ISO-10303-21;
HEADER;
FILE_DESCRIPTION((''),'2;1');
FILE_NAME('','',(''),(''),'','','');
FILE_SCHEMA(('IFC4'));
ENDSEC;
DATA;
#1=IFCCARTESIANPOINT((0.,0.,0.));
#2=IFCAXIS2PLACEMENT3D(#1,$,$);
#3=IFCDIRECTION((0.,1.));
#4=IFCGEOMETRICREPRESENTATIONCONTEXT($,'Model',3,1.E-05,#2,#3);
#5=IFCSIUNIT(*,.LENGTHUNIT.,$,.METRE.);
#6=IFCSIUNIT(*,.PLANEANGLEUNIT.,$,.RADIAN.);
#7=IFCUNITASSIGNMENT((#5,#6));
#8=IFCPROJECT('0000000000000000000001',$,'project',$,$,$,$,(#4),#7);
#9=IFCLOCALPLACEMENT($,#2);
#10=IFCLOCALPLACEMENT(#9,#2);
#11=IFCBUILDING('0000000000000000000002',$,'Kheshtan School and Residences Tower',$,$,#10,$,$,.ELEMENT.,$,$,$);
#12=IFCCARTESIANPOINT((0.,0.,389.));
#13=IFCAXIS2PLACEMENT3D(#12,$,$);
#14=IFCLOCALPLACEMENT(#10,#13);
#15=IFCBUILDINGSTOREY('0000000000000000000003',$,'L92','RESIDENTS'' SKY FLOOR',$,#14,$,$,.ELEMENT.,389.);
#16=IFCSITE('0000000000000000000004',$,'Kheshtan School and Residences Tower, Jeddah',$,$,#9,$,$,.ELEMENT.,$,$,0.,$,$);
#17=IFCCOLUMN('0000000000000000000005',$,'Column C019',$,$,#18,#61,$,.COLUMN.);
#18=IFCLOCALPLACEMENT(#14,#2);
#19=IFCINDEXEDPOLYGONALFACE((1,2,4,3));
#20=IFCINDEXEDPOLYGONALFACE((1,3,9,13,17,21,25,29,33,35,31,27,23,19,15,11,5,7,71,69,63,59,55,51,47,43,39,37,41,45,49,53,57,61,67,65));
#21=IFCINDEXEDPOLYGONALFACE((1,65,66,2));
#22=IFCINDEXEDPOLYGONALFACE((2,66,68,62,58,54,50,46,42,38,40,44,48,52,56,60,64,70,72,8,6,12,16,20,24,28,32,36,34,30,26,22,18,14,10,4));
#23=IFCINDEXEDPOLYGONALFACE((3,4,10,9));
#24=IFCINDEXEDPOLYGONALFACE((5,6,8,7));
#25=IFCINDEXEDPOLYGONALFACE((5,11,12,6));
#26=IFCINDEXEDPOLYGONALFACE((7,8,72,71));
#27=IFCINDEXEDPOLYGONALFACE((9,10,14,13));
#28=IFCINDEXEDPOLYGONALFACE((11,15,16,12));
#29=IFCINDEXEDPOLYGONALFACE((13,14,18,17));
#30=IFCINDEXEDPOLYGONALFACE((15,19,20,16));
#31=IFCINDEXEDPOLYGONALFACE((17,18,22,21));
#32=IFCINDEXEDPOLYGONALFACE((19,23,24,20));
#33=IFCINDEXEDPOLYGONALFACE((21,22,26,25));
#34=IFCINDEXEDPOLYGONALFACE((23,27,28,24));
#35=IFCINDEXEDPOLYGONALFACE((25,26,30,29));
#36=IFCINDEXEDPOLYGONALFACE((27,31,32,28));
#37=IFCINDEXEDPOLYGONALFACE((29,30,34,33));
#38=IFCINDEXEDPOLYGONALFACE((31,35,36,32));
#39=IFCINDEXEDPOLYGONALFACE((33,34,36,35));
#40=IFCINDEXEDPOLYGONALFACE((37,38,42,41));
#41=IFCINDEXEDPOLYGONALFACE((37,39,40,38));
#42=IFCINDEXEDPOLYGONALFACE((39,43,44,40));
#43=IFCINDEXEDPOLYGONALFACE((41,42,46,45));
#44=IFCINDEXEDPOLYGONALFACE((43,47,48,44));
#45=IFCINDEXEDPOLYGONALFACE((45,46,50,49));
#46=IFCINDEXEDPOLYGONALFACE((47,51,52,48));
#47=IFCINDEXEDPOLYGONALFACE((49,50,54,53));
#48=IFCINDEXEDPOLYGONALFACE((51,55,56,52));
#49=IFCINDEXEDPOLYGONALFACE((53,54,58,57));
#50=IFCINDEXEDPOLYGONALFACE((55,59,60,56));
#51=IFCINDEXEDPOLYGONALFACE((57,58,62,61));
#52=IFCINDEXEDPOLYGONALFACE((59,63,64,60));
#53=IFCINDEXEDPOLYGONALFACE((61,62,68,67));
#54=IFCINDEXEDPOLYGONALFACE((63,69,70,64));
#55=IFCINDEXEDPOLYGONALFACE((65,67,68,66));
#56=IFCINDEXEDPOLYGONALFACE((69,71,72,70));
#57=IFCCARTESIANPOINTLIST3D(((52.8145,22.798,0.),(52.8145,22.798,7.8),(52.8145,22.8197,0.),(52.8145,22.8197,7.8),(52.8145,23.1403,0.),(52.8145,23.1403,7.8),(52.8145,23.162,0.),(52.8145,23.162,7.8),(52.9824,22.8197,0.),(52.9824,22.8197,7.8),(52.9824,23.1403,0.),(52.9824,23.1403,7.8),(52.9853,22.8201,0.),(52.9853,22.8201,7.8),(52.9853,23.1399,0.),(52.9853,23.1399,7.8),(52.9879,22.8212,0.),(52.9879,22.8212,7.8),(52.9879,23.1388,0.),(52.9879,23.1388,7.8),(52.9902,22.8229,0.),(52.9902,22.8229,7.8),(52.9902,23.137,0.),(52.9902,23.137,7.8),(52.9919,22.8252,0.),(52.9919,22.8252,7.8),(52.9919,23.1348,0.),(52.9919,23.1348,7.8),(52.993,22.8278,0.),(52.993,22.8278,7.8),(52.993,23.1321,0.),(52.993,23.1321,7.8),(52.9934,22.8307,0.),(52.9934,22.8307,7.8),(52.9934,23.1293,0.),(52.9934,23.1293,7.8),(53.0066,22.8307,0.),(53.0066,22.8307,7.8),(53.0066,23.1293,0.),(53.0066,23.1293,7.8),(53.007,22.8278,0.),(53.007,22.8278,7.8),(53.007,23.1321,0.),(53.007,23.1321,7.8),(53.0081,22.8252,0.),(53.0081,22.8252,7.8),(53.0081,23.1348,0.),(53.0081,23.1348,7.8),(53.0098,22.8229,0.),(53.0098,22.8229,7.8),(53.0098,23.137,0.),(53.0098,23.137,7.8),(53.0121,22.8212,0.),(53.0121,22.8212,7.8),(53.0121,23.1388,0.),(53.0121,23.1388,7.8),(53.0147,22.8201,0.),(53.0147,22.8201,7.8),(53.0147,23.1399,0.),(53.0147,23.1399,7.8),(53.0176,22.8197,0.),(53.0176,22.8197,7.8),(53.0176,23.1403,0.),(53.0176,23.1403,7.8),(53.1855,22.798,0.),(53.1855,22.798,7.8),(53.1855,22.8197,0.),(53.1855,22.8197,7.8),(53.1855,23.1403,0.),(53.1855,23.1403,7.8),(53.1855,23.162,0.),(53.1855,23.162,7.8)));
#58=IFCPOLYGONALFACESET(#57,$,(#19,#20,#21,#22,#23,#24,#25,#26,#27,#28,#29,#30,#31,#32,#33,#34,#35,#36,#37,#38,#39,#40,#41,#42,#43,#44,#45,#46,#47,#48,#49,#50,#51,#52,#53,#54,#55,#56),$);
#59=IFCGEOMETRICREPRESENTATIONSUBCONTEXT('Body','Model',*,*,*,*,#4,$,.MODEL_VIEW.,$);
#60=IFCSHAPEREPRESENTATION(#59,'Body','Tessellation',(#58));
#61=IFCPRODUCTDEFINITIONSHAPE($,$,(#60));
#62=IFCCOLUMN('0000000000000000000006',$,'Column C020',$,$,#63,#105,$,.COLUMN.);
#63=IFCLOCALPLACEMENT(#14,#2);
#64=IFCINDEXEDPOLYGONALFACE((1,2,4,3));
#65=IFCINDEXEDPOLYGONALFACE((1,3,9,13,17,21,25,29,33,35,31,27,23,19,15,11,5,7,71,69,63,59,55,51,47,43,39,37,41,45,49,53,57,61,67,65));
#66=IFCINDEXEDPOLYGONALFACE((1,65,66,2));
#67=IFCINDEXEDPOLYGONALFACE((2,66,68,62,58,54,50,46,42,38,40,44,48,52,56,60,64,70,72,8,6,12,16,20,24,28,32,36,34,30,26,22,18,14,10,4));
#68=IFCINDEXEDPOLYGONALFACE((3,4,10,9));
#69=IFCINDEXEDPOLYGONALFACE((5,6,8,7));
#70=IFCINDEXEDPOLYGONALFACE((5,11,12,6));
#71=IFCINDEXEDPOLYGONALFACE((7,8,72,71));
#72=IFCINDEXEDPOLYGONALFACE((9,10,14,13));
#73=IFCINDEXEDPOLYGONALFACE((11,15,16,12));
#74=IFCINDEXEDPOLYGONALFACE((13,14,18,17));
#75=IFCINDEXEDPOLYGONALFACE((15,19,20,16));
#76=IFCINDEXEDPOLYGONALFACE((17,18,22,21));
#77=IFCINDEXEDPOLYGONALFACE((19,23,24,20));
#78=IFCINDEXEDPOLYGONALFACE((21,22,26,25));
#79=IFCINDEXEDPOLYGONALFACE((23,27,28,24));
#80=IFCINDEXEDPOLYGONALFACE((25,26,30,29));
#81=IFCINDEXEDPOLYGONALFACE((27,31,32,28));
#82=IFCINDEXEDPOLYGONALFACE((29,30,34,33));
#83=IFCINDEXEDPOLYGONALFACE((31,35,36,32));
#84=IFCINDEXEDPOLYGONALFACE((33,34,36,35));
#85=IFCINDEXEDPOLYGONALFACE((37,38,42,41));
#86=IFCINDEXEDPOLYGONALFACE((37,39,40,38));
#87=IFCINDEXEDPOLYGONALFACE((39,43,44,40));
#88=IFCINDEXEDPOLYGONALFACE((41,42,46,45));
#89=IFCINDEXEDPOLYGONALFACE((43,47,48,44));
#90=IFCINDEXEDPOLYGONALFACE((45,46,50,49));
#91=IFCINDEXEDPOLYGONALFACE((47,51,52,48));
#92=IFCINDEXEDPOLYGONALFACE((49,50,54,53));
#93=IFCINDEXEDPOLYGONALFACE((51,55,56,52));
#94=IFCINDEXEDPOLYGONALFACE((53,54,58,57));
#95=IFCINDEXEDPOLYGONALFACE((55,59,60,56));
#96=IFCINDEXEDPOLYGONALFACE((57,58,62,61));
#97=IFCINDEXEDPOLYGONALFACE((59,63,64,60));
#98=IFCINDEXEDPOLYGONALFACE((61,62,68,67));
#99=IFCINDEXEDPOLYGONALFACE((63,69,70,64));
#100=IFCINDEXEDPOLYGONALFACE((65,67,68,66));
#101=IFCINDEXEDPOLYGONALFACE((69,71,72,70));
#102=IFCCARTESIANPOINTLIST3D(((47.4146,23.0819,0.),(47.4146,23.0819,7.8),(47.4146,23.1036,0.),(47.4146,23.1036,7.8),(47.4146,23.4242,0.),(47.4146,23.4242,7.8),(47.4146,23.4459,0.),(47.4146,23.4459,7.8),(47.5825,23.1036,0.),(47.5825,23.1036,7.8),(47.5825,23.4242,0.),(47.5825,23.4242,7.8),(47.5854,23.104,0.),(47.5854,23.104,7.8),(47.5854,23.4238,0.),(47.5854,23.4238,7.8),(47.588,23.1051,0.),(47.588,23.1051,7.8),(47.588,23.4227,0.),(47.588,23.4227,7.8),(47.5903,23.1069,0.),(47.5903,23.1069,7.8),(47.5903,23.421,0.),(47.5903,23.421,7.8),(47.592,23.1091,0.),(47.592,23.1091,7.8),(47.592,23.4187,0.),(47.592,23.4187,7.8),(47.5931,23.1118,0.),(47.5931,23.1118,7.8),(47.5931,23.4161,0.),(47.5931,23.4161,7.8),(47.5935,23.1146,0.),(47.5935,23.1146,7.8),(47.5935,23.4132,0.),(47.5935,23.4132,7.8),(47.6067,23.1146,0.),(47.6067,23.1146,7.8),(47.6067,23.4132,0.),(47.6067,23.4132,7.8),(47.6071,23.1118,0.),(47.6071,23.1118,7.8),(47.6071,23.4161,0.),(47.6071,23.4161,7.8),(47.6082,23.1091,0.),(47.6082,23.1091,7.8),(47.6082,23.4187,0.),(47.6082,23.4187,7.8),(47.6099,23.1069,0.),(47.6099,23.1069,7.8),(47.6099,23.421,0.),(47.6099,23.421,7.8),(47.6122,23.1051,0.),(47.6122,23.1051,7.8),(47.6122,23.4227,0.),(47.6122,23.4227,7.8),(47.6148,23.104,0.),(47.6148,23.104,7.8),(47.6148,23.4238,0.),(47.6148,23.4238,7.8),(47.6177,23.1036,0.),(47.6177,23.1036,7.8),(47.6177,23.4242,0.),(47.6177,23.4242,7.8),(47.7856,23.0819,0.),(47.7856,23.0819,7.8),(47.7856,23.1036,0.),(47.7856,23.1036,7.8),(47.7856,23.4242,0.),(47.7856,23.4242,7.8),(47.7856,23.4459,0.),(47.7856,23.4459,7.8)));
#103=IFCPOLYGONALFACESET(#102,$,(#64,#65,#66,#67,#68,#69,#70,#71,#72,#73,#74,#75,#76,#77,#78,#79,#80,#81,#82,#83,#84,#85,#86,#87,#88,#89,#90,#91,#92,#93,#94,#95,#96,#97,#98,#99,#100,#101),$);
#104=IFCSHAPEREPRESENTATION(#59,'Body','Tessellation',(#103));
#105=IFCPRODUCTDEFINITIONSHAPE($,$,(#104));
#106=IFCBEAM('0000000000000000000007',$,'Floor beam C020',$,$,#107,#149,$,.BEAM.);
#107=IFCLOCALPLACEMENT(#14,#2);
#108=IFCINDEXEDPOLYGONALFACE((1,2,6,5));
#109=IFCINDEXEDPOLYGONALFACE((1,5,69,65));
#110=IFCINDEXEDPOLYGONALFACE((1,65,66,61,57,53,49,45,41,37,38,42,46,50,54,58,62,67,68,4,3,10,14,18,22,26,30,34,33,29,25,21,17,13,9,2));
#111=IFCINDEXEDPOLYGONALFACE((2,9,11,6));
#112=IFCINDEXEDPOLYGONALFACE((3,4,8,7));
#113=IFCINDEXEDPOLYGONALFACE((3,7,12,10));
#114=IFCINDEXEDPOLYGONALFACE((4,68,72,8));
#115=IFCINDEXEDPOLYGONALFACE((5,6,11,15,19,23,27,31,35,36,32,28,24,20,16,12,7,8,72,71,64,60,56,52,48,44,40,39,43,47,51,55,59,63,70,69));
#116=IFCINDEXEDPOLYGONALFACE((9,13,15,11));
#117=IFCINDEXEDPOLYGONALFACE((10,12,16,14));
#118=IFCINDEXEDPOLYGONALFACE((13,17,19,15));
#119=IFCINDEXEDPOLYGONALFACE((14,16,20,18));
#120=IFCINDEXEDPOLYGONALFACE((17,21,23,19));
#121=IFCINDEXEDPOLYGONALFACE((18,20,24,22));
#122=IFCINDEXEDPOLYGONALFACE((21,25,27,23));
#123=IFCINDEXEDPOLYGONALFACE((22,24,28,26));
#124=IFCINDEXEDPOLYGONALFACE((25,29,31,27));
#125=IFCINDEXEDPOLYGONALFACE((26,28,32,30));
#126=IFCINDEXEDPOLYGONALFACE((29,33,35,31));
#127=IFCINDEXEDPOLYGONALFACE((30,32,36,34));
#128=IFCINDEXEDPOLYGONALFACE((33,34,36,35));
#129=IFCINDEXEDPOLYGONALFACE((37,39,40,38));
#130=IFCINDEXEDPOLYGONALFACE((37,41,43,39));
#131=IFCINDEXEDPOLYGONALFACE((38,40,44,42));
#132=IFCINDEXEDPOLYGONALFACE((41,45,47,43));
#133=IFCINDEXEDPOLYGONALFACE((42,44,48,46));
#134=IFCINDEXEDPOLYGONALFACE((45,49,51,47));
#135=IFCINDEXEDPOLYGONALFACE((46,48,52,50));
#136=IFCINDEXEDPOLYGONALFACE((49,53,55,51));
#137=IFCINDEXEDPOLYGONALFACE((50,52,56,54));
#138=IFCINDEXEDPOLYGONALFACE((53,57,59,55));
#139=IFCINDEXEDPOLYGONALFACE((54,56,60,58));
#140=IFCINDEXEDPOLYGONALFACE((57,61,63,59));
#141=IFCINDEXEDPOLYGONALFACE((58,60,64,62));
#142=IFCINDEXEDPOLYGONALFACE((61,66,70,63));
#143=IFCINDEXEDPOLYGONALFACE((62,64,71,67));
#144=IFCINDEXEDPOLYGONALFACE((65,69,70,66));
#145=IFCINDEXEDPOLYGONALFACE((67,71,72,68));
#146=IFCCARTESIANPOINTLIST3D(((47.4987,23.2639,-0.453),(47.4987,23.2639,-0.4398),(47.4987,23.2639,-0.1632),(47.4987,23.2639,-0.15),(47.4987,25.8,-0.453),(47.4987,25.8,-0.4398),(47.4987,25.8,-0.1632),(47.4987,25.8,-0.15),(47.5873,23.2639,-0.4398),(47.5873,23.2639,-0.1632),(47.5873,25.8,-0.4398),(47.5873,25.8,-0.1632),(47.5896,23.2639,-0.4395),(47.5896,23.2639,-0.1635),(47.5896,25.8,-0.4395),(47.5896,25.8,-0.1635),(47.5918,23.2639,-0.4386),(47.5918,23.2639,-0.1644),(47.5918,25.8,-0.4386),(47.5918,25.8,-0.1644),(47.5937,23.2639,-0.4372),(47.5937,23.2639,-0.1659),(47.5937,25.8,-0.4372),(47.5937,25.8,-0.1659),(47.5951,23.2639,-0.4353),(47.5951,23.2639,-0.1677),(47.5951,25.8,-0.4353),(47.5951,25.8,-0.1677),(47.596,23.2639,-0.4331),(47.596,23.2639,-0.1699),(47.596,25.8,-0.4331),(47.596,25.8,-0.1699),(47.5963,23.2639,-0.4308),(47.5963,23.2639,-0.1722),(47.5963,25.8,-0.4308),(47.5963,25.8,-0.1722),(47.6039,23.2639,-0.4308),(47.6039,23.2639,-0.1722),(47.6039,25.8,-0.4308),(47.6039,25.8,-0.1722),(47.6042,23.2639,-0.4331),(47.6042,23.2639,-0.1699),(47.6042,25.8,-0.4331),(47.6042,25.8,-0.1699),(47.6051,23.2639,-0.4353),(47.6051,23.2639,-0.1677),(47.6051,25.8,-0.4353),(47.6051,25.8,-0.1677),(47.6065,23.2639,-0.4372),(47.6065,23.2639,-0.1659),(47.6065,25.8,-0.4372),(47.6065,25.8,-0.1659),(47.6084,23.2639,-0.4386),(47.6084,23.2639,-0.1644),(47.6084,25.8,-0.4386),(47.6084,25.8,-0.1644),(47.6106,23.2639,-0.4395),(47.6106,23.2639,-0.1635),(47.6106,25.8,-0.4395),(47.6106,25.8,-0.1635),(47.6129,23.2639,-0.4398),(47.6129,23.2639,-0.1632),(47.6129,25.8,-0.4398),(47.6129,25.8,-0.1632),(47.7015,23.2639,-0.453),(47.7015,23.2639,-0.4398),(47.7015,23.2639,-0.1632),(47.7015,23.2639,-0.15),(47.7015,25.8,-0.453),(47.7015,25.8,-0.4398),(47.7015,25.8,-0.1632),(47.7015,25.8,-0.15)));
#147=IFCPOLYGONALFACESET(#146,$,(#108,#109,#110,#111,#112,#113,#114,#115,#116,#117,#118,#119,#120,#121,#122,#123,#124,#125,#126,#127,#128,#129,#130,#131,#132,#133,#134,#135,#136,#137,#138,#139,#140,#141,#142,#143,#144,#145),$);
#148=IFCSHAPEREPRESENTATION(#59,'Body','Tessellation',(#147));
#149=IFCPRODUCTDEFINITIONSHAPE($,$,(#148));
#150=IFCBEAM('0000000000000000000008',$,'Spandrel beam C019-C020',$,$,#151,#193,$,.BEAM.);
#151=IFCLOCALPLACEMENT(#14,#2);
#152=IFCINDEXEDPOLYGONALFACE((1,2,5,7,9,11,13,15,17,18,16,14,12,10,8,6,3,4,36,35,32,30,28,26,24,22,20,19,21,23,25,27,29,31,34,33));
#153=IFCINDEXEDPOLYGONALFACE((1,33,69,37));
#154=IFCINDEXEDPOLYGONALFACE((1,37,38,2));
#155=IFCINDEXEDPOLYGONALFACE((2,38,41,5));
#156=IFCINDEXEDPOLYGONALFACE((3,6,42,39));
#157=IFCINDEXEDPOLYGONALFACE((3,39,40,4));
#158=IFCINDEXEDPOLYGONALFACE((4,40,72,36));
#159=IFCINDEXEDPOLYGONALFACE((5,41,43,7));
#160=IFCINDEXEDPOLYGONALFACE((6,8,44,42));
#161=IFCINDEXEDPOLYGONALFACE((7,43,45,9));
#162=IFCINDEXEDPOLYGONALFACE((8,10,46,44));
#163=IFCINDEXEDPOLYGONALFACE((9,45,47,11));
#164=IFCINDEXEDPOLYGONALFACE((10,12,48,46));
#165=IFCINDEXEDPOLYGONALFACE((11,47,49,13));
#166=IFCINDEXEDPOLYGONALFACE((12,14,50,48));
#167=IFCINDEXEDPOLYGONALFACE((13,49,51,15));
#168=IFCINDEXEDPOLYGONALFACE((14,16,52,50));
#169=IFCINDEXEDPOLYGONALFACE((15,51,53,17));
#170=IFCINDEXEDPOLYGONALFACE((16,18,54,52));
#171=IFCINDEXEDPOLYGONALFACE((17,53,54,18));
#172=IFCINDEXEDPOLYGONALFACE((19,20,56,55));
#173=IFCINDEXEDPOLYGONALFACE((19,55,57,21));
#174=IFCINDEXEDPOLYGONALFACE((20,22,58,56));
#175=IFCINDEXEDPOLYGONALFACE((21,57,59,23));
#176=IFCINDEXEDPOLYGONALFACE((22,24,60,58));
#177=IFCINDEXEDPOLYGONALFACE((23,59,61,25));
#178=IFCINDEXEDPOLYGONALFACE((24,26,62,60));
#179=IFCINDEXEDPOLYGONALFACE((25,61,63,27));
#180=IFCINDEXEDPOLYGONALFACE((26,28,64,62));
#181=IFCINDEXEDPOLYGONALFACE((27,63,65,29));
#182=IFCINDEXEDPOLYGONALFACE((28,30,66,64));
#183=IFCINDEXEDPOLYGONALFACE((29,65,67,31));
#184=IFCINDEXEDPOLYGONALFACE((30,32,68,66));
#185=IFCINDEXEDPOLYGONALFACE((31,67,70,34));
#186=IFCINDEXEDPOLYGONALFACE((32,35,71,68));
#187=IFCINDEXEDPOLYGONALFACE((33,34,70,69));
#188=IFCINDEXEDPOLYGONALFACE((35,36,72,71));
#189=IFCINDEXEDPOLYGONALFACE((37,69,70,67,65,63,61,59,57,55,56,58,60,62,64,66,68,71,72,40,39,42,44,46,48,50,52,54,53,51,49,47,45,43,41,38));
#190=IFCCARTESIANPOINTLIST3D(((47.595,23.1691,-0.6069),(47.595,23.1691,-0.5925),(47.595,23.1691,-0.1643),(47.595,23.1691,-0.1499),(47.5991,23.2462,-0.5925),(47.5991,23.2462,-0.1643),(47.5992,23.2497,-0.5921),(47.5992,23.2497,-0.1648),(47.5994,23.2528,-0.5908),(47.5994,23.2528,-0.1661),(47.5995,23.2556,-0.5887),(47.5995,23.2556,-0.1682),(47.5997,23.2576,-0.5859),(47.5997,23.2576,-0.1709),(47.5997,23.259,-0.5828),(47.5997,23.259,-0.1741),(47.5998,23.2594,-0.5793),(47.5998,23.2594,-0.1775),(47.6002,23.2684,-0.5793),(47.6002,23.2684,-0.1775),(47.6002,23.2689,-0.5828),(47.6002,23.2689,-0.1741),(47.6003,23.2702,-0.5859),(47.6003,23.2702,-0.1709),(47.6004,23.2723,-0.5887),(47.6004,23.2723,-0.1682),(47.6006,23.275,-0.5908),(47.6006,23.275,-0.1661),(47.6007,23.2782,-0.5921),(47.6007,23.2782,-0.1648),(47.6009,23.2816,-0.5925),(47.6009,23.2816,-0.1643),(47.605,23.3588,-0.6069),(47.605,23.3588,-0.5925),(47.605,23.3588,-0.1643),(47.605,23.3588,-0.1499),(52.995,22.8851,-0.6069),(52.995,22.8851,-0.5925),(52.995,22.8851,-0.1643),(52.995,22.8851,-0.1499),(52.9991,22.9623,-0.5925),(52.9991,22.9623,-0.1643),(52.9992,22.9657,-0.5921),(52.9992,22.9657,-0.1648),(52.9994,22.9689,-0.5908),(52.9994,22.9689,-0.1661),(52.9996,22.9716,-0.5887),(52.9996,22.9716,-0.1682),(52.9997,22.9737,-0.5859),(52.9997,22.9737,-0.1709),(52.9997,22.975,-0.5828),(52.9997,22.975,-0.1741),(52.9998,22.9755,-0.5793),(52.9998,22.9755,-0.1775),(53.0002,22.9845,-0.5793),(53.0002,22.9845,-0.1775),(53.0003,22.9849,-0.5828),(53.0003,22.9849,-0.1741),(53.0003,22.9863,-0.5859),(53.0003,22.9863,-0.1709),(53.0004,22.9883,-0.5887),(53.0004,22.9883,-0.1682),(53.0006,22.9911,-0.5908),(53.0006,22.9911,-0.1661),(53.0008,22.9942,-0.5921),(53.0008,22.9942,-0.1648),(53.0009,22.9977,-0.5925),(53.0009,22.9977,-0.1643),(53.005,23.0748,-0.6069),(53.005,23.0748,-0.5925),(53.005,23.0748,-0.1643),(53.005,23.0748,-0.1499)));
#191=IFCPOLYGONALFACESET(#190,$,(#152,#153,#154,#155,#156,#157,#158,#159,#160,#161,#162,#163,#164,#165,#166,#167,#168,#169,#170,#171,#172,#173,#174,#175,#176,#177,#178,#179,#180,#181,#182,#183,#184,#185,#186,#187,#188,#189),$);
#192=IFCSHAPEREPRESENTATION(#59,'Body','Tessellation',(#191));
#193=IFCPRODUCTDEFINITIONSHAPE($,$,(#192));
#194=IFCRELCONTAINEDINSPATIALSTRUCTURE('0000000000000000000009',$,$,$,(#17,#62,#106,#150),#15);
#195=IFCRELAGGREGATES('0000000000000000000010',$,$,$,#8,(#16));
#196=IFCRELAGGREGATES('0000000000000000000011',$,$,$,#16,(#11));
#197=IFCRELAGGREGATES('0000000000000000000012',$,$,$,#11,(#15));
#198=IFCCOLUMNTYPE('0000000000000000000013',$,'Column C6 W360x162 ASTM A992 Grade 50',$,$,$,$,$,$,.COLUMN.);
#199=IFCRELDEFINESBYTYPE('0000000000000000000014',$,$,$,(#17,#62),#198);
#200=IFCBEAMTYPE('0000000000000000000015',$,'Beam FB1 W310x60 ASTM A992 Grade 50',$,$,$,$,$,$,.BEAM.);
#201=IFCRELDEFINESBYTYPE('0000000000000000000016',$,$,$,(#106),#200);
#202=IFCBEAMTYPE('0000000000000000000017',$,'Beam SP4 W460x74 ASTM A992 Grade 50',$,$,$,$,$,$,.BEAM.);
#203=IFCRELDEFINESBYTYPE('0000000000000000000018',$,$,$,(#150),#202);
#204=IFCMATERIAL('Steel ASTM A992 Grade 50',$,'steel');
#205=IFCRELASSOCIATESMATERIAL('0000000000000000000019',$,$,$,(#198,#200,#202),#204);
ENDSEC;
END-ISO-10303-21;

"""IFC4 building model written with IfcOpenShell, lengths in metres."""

from ifc_helpers import new_model, si_unit, direction, frame, origin, origin_2d, place, context, subcontext, project, spatial, i_section, extrude, material, material_profile, profile_set, type_object, element, save


model = new_model("IFC4")

# Units and contexts
model_context = context("Model", 3, precision=1e-05, world=origin(), true_north=direction((0.0, 1.0)))
body_context = subcontext(model_context, "Body", "Model", "MODEL_VIEW")
ifc_project = project(units=[si_unit("LENGTHUNIT", "METRE"), si_unit("PLANEANGLEUNIT", "RADIAN")], contexts=[model_context])

# Site, building, storey
site_placement = place(None, origin())
site = spatial("IfcSite", under=ifc_project, at=site_placement, Name="Kheshtan School and Residences Tower, Jeddah", CompositionType="ELEMENT", RefElevation=0.0)
building_placement = place(site_placement, origin())
building = spatial("IfcBuilding", under=site, at=building_placement, Name="Kheshtan School and Residences Tower", CompositionType="ELEMENT")
storey_placement = place(building_placement, frame((0.0, 0.0, 389.0)))
storey = spatial("IfcBuildingStorey", under=building, at=storey_placement, Name="L92", Description="RESIDENTS' SKY FLOOR", CompositionType="ELEMENT", Elevation=389.0)

# Columns
ifc_material_1 = material(Name="Steel ASTM A992 Grade 50", Category="steel")
ifc_material_profile_1 = material_profile(ifc_material_1, i_section(OverallWidth=0.3711, OverallDepth=0.364, WebThickness=0.0132, FlangeThickness=0.0217, FilletRadius=0.011, at=origin_2d()), Name="W360x162")
ifc_profile_set_1 = profile_set([ifc_material_profile_1], Name="Steel ASTM A992 Grade 50")
column_type = type_object("IfcColumnType", Name="Column C6 W360x162 ASTM A992 Grade 50", PredefinedType="COLUMN", material=ifc_profile_set_1)
for number, where, z_axis, x_axis, name in (
    (1, (53.0, 22.98, 0.0), (0.0, 0.0, 1.0), (1.0, 0.0, 0.0), "Column C019"),
    (2, (47.6001, 23.2639, 0.0), (0.0, 0.0, 1.0), (1.0, 0.0, 0.0), "Column C020"),
):
    element("IfcColumn", number, at=place(storey_placement, frame(where, z_axis=z_axis, x_axis=x_axis)), inside=storey, type_object=column_type, Name=name, PredefinedType="COLUMN", context=body_context, shape_type="SweptSolid", body=[
        extrude(i_section(OverallWidth=0.3711, OverallDepth=0.364, WebThickness=0.0132, FlangeThickness=0.0217, FilletRadius=0.011, at=origin_2d()), origin(), (0.0, 0.0, 1.0), 7.8),
    ])

# Beams
ifc_material_profile_2 = material_profile(ifc_material_1, i_section(OverallWidth=0.2029, OverallDepth=0.303, WebThickness=0.0076, FlangeThickness=0.0132, FilletRadius=0.009, at=origin_2d()), Name="W310x60")
ifc_profile_set_2 = profile_set([ifc_material_profile_2], Name="Steel ASTM A992 Grade 50")
beam_type_1 = type_object("IfcBeamType", Name="Beam FB1 W310x60 ASTM A992 Grade 50", PredefinedType="BEAM", material=ifc_profile_set_2)
beam_1_placement = place(storey_placement, frame((47.6001, 23.2639, -0.3015), z_axis=(0.0, 1.0, 0.0), x_axis=(-1.0, 0.0, 0.0)))
element("IfcBeam", 3, at=beam_1_placement, inside=storey, type_object=beam_type_1, Name="Floor beam C020", PredefinedType="BEAM", context=body_context, shape_type="SweptSolid", body=[
    extrude(i_section(OverallWidth=0.2029, OverallDepth=0.303, WebThickness=0.0076, FlangeThickness=0.0132, FilletRadius=0.009, at=origin_2d()), origin(), (0.0, 0.0, 1.0), 2.5361),
])
ifc_material_profile_3 = material_profile(ifc_material_1, i_section(OverallWidth=0.1899, OverallDepth=0.457, WebThickness=0.009, FlangeThickness=0.0144, FilletRadius=0.0132, at=origin_2d()), Name="W460x74")
ifc_profile_set_3 = profile_set([ifc_material_profile_3], Name="Steel ASTM A992 Grade 50")
beam_type_2 = type_object("IfcBeamType", Name="Beam SP4 W460x74 ASTM A992 Grade 50", PredefinedType="BEAM", material=ifc_profile_set_3)
beam_2_placement = place(storey_placement, frame((53.0, 22.98, -0.3784), z_axis=(-0.99862, 0.052509, 0.0), x_axis=(-0.052509, -0.99862, 0.0)))
element("IfcBeam", 4, at=beam_2_placement, inside=storey, type_object=beam_type_2, Name="Spandrel beam C019-C020", PredefinedType="BEAM", context=body_context, shape_type="SweptSolid", body=[
    extrude(i_section(OverallWidth=0.1899, OverallDepth=0.457, WebThickness=0.009, FlangeThickness=0.0144, FilletRadius=0.0132, at=origin_2d()), origin(), (0.0, 0.0, 1.0), 5.4075),
])

save(model, "model.ifc")
